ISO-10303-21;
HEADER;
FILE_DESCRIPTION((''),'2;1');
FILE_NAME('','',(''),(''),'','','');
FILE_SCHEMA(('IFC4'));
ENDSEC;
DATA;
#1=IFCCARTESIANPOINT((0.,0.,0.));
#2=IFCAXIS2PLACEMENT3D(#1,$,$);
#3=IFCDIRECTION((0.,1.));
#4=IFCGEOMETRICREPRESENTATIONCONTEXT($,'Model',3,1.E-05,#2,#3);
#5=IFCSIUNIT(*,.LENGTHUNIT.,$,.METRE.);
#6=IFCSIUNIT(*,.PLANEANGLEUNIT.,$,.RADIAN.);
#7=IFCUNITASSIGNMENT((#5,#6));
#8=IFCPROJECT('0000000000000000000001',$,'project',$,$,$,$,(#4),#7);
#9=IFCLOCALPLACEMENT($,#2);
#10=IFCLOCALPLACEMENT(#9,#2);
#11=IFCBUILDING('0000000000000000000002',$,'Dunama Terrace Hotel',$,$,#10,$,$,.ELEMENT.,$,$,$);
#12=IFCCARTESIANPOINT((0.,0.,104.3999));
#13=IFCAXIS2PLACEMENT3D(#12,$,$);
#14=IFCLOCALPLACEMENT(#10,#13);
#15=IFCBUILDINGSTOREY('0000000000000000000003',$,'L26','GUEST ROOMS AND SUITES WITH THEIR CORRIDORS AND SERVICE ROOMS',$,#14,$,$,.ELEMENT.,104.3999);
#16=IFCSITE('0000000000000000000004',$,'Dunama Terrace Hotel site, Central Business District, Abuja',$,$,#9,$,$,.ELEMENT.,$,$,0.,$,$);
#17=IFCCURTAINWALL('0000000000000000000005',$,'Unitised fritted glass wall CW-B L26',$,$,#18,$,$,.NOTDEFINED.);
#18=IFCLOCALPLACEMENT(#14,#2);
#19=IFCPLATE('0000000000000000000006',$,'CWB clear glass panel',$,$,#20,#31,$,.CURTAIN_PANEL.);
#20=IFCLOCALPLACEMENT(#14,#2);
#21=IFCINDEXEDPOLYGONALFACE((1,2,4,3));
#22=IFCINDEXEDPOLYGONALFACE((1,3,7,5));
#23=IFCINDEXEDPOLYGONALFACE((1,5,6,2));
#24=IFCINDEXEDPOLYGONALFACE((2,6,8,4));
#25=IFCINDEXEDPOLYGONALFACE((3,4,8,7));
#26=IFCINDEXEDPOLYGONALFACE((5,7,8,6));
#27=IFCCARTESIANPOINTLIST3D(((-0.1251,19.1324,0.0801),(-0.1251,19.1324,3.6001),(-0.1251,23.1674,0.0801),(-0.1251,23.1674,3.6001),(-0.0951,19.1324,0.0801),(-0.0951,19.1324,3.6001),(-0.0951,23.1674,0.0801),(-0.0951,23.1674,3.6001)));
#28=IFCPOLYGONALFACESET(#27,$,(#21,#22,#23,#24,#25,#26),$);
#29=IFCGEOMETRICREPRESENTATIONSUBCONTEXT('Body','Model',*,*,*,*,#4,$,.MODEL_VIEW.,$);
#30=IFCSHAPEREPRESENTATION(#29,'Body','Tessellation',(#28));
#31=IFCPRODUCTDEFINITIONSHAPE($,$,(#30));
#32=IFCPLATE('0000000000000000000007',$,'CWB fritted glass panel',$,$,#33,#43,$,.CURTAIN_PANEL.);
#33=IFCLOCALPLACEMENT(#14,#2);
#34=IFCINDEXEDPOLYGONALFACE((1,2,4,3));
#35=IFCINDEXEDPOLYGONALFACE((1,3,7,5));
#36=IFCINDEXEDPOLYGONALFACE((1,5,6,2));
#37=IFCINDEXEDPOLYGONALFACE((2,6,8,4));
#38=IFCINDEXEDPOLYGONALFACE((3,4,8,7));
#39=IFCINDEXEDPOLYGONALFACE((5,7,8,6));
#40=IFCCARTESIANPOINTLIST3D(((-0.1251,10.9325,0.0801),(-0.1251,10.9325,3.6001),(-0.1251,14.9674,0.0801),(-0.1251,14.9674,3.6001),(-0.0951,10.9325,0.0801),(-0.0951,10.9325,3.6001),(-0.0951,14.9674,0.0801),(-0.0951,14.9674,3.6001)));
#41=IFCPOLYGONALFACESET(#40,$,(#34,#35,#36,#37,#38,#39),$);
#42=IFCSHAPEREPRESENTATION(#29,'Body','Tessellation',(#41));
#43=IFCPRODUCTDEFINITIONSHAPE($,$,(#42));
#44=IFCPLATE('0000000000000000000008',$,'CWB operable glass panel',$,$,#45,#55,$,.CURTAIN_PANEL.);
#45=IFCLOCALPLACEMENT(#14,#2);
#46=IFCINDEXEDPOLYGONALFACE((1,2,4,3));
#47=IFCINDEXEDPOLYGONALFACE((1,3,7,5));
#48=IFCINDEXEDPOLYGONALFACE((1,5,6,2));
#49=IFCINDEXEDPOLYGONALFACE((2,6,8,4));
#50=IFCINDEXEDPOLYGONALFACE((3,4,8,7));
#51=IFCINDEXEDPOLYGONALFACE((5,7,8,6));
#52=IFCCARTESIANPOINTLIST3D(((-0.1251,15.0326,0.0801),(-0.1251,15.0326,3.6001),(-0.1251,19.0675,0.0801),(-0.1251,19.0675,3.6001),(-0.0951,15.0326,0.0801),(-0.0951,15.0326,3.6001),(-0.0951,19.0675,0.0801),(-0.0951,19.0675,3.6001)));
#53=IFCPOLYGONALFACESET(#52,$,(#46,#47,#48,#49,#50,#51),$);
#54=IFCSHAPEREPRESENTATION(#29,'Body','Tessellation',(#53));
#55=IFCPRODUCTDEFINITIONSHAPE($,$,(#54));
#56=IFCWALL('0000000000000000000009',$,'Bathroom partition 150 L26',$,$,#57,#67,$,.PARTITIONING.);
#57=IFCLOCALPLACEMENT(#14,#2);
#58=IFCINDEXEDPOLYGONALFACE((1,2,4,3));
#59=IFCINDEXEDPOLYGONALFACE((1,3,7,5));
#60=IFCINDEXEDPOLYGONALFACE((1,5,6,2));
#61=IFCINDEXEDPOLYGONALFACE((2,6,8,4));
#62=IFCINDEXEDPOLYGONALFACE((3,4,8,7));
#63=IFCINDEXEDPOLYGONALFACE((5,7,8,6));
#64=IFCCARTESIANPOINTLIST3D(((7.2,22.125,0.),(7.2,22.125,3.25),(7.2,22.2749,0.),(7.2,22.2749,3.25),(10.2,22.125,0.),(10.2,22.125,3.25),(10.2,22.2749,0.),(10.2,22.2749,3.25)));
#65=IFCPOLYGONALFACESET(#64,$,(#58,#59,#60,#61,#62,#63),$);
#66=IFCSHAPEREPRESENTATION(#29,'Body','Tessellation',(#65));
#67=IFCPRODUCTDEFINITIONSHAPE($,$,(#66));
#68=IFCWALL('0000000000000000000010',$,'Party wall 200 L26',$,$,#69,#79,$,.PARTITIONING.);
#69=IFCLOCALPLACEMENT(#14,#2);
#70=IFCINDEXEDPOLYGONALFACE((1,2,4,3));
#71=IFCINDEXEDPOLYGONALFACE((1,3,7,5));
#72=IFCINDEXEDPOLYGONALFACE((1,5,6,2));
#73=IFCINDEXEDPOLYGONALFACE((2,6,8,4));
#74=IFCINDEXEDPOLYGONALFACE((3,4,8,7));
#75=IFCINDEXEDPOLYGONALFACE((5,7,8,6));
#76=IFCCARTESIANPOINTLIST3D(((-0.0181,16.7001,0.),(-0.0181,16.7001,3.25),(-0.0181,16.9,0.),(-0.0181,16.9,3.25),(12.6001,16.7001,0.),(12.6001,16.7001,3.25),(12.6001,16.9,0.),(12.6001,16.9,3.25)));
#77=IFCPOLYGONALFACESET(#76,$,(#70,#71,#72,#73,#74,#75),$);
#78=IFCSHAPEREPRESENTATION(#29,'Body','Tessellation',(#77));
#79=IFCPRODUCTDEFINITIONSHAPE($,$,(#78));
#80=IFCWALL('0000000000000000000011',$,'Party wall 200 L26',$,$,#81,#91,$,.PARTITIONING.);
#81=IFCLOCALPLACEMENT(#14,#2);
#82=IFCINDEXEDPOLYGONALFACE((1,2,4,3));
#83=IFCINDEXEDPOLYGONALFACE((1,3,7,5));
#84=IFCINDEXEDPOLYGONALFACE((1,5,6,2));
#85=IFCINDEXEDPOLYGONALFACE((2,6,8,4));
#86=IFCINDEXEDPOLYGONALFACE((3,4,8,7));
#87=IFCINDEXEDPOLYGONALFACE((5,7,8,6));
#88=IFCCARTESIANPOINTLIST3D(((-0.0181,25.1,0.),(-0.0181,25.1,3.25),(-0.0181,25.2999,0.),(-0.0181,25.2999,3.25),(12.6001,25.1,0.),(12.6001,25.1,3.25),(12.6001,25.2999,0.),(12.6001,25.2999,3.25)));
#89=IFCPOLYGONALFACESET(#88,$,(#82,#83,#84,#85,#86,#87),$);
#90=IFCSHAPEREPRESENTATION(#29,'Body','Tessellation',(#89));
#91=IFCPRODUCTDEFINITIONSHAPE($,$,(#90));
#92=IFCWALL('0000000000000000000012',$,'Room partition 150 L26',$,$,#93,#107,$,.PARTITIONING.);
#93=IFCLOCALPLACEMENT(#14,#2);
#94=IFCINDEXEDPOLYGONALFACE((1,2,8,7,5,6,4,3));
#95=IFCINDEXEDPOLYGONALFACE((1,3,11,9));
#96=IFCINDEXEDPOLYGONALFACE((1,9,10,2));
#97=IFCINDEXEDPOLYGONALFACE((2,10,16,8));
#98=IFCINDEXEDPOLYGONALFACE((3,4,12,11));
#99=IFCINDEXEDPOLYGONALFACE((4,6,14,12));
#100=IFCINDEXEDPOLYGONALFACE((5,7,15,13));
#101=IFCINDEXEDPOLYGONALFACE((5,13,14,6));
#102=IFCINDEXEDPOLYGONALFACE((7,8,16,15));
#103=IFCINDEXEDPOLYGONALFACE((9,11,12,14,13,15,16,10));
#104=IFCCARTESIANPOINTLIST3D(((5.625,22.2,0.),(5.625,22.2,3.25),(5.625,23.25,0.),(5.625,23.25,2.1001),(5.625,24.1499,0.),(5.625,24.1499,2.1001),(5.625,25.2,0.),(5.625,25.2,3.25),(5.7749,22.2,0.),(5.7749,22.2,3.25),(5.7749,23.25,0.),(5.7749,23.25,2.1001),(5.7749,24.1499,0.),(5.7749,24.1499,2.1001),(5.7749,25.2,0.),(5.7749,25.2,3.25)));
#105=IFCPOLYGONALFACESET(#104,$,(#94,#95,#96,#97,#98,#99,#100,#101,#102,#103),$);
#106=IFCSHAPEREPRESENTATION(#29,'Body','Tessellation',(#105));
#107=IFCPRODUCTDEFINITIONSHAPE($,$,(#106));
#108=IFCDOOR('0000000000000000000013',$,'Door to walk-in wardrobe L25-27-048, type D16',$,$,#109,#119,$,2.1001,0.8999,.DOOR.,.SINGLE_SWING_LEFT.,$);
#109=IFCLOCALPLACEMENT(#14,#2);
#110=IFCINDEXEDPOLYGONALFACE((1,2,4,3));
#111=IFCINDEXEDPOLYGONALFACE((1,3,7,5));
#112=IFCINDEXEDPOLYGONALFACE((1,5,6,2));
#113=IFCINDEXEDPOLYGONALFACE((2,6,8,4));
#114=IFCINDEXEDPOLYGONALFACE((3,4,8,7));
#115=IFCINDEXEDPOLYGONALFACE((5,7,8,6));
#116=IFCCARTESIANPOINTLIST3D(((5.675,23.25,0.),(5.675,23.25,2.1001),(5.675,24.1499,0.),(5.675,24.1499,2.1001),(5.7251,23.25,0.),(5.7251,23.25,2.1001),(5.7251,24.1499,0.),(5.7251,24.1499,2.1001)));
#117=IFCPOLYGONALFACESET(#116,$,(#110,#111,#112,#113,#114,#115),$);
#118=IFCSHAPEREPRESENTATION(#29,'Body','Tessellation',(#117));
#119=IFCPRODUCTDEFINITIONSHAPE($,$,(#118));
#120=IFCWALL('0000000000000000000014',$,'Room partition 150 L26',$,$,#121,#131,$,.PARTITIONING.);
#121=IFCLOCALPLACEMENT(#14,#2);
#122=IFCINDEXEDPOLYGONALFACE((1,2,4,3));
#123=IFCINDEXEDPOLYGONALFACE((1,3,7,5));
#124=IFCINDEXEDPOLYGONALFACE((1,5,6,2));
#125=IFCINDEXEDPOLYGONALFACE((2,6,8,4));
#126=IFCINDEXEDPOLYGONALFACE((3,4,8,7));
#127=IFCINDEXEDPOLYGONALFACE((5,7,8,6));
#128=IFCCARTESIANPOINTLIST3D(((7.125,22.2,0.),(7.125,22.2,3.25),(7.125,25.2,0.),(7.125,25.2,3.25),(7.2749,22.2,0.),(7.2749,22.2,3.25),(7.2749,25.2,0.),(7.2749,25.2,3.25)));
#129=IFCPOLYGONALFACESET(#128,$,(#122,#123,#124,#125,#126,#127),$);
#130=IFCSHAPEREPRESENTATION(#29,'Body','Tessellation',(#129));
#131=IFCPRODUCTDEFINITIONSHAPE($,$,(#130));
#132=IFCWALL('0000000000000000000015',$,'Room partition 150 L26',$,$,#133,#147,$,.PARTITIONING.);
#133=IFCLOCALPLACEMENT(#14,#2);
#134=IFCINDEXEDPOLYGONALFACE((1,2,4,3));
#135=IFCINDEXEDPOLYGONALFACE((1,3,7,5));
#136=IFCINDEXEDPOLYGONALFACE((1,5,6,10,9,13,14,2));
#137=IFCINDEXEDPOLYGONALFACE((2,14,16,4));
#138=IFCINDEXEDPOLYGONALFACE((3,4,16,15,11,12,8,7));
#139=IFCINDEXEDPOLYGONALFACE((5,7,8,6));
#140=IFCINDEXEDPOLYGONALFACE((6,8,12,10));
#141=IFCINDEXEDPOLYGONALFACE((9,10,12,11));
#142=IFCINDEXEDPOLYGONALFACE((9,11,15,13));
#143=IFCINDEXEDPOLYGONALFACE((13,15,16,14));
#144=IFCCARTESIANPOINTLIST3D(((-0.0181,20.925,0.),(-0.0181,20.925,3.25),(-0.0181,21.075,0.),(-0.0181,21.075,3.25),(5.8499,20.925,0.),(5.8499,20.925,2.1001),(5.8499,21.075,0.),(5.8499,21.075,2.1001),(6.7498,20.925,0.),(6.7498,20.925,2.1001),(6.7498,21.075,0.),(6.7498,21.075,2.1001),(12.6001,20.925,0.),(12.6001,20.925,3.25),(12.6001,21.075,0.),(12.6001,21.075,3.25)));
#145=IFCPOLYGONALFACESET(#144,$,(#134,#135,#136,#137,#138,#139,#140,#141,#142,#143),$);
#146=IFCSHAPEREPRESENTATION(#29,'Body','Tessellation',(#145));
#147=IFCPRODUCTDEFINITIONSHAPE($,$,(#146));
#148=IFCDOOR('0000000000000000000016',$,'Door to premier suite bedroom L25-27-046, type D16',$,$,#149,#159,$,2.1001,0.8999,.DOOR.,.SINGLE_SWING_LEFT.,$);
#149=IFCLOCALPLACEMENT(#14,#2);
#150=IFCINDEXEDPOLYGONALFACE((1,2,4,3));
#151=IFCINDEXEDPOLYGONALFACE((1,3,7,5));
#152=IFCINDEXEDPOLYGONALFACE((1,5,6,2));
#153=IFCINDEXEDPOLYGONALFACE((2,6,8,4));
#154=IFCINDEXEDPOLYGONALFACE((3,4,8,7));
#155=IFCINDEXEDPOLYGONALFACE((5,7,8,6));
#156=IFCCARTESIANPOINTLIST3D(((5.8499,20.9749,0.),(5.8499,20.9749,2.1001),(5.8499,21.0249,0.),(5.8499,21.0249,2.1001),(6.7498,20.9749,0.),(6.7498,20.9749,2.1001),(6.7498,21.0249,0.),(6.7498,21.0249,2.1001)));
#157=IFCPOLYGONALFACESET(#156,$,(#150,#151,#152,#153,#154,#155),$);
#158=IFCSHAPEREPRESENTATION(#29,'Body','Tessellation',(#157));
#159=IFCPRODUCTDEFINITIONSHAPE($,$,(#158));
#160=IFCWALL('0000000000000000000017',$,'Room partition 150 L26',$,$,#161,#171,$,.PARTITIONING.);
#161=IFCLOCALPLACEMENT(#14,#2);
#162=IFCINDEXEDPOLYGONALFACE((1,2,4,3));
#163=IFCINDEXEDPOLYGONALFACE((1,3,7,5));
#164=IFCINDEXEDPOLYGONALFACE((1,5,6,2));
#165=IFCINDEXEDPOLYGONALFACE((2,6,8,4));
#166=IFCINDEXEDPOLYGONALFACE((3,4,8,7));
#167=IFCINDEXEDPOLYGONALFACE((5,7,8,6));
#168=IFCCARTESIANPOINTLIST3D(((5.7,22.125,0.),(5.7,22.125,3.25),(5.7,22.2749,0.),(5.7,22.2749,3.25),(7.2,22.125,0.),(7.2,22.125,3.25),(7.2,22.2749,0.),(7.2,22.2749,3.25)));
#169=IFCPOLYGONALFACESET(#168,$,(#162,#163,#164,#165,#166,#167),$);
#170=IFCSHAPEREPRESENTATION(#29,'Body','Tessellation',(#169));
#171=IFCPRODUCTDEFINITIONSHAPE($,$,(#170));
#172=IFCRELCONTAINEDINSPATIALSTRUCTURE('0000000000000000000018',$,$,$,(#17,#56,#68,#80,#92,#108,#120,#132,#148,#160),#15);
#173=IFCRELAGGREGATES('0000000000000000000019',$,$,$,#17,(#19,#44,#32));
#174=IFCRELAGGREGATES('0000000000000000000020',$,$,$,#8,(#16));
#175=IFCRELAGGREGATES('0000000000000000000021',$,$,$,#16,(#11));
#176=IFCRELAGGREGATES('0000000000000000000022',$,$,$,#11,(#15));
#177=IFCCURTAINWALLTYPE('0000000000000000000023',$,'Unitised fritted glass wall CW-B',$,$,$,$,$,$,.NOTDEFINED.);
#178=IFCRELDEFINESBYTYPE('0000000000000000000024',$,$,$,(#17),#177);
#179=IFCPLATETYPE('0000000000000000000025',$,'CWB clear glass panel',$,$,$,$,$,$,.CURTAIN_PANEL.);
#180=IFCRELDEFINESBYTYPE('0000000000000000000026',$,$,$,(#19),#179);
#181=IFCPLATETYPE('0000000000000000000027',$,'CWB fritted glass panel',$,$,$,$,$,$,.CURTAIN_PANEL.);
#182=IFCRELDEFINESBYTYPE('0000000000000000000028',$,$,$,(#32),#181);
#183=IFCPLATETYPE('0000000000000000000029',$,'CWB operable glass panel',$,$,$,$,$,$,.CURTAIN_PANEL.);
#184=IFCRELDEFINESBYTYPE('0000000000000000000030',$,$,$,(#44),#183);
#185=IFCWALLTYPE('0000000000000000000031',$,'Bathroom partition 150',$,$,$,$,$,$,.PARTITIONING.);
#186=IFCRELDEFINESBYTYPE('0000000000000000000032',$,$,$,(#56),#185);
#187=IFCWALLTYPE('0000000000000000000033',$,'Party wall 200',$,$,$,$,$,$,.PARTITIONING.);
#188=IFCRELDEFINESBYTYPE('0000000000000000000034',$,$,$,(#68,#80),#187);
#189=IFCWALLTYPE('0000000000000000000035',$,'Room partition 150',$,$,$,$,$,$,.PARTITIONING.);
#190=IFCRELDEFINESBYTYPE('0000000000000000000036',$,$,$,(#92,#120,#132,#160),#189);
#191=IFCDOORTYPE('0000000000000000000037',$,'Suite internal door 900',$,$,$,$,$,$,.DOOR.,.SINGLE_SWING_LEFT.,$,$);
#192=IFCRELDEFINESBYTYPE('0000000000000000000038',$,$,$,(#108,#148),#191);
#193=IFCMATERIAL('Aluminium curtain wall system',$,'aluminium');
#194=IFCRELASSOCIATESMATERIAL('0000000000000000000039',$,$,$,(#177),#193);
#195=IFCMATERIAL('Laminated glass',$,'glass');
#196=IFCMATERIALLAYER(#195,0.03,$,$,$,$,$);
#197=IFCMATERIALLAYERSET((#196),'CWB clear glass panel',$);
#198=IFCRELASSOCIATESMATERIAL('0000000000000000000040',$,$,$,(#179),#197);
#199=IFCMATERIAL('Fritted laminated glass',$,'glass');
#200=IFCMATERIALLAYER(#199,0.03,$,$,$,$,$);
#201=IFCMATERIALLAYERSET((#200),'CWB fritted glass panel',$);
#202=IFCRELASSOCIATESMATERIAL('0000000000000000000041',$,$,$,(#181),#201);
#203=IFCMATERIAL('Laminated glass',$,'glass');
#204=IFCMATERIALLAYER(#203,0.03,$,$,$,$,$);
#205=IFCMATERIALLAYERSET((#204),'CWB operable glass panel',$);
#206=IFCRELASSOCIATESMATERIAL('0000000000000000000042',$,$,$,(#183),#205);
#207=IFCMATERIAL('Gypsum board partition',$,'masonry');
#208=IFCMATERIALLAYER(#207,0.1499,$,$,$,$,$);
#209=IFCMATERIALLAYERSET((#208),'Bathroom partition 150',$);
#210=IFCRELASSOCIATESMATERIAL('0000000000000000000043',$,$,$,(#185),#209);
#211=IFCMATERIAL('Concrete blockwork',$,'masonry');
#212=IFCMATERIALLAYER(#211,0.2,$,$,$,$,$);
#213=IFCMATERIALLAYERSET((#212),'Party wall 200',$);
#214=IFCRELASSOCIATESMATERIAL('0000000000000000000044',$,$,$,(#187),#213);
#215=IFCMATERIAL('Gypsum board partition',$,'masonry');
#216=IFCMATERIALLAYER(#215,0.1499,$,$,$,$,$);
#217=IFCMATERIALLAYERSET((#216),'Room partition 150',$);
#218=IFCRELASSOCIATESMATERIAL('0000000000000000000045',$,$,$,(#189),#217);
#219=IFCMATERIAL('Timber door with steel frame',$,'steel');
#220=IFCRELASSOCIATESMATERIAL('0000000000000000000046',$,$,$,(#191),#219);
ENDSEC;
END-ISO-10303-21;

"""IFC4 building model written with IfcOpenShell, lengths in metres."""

from ifc_helpers import new_model, si_unit, direction, frame, frame_2d, origin, origin_2d, place, context, subcontext, project, spatial, rectangle, extrude, material, layer, layer_set, type_object, element, fill, aggregate, save


model = new_model("IFC4")

# Units and contexts
model_context = context("Model", 3, precision=1e-05, world=origin(), true_north=direction((0.0, 1.0)))
body_context = subcontext(model_context, "Body", "Model", "MODEL_VIEW")
ifc_project = project(units=[si_unit("LENGTHUNIT", "METRE"), si_unit("PLANEANGLEUNIT", "RADIAN")], contexts=[model_context])

# Site, building, storey
site_placement = place(None, origin())
site = spatial("IfcSite", under=ifc_project, at=site_placement, Name="Dunama Terrace Hotel site, Central Business District, Abuja", CompositionType="ELEMENT", RefElevation=0.0)
building_placement = place(site_placement, origin())
building = spatial("IfcBuilding", under=site, at=building_placement, Name="Dunama Terrace Hotel", CompositionType="ELEMENT")
storey_placement = place(building_placement, frame((0.0, 0.0, 104.3999)))
storey = spatial("IfcBuildingStorey", under=building, at=storey_placement, Name="L26", Description="GUEST ROOMS AND SUITES WITH THEIR CORRIDORS AND SERVICE ROOMS", CompositionType="ELEMENT", Elevation=104.3999)

# Curtain wall
ifc_material_1 = material(Name="Aluminium curtain wall system", Category="aluminium")
curtain_wall_type = type_object("IfcCurtainWallType", Name="Unitised fritted glass wall CW-B", PredefinedType="NOTDEFINED", material=ifc_material_1)
curtain_wall_placement = place(storey_placement, origin())
curtain_wall = element("IfcCurtainWall", 1, at=curtain_wall_placement, inside=storey, type_object=curtain_wall_type, Name="Unitised fritted glass wall CW-B L26", PredefinedType="NOTDEFINED")

# Plates
ifc_material_2 = material(Name="Laminated glass", Category="glass")
ifc_layer_1 = layer(ifc_material_2, 0.03)
ifc_layer_set_1 = layer_set([ifc_layer_1], Name="CWB clear glass panel")
plate_type_1 = type_object("IfcPlateType", Name="CWB clear glass panel", PredefinedType="CURTAIN_PANEL", material=ifc_layer_set_1)
plate_1_placement = place(storey_placement, frame((-0.1101, 21.1499, 0.0801), z_axis=(0.0, 0.0, 1.0), x_axis=(0.0, -1.0, 0.0)))
plate_1 = element("IfcPlate", 2, at=plate_1_placement, type_object=plate_type_1, Name="CWB clear glass panel", PredefinedType="CURTAIN_PANEL", context=body_context, shape_type="SweptSolid", body=[
    extrude(rectangle(XDim=4.0349, YDim=0.03, at=origin_2d()), origin(), (0.0, 0.0, 1.0), 3.52),
])
ifc_material_3 = material(Name="Fritted laminated glass", Category="glass")
ifc_layer_2 = layer(ifc_material_3, 0.03)
ifc_layer_set_2 = layer_set([ifc_layer_2], Name="CWB fritted glass panel")
plate_type_2 = type_object("IfcPlateType", Name="CWB fritted glass panel", PredefinedType="CURTAIN_PANEL", material=ifc_layer_set_2)
plate_2_placement = place(storey_placement, frame((-0.1101, 12.95, 0.0801), z_axis=(0.0, 0.0, 1.0), x_axis=(0.0, -1.0, 0.0)))
plate_2 = element("IfcPlate", 3, at=plate_2_placement, type_object=plate_type_2, Name="CWB fritted glass panel", PredefinedType="CURTAIN_PANEL", context=body_context, shape_type="SweptSolid", body=[
    extrude(rectangle(XDim=4.0349, YDim=0.03, at=origin_2d()), origin(), (0.0, 0.0, 1.0), 3.52),
])
ifc_material_4 = material(Name="Laminated glass", Category="glass")
ifc_layer_3 = layer(ifc_material_4, 0.03)
ifc_layer_set_3 = layer_set([ifc_layer_3], Name="CWB operable glass panel")
plate_type_3 = type_object("IfcPlateType", Name="CWB operable glass panel", PredefinedType="CURTAIN_PANEL", material=ifc_layer_set_3)
plate_3_placement = place(storey_placement, frame((-0.1101, 17.05, 0.0801), z_axis=(0.0, 0.0, 1.0), x_axis=(0.0, -1.0, 0.0)))
plate_3 = element("IfcPlate", 4, at=plate_3_placement, type_object=plate_type_3, Name="CWB operable glass panel", PredefinedType="CURTAIN_PANEL", context=body_context, shape_type="SweptSolid", body=[
    extrude(rectangle(XDim=4.0349, YDim=0.03, at=origin_2d()), origin(), (0.0, 0.0, 1.0), 3.52),
])
aggregate(curtain_wall, [plate_1, plate_3, plate_2])

# Walls
ifc_material_5 = material(Name="Gypsum board partition", Category="masonry")
ifc_layer_4 = layer(ifc_material_5, 0.1499)
ifc_layer_set_4 = layer_set([ifc_layer_4], Name="Bathroom partition 150")
wall_type_1 = type_object("IfcWallType", Name="Bathroom partition 150", PredefinedType="PARTITIONING", material=ifc_layer_set_4)
wall_1_placement = place(storey_placement, frame((7.2, 22.2, 0.0), z_axis=(0.0, 0.0, 1.0), x_axis=(1.0, 0.0, 0.0)))
element("IfcWall", 5, at=wall_1_placement, inside=storey, type_object=wall_type_1, Name="Bathroom partition 150 L26", PredefinedType="PARTITIONING", context=body_context, shape_type="SweptSolid", body=[
    extrude(rectangle(XDim=3.0, YDim=0.1499, at=frame_2d((1.5, 0.0))), origin(), (0.0, 0.0, 1.0), 3.25),
])
ifc_material_6 = material(Name="Concrete blockwork", Category="masonry")
ifc_layer_5 = layer(ifc_material_6, 0.2)
ifc_layer_set_5 = layer_set([ifc_layer_5], Name="Party wall 200")
wall_type_2 = type_object("IfcWallType", Name="Party wall 200", PredefinedType="PARTITIONING", material=ifc_layer_set_5)
for number, where, z_axis, x_axis, name in (
    (6, (-0.0181, 16.8, 0.0), (0.0, 0.0, 1.0), (1.0, 0.0, 0.0), "Party wall 200 L26"),
    (7, (-0.0181, 25.2, 0.0), (0.0, 0.0, 1.0), (1.0, 0.0, 0.0), "Party wall 200 L26"),
):
    element("IfcWall", number, at=place(storey_placement, frame(where, z_axis=z_axis, x_axis=x_axis)), inside=storey, type_object=wall_type_2, Name=name, PredefinedType="PARTITIONING", context=body_context, shape_type="SweptSolid", body=[
        extrude(rectangle(XDim=12.6182, YDim=0.2, at=frame_2d((6.3091, 0.0))), origin(), (0.0, 0.0, 1.0), 3.25),
    ])

# Wall, opening, door
ifc_material_7 = material(Name="Gypsum board partition", Category="masonry")
ifc_layer_6 = layer(ifc_material_7, 0.1499)
ifc_layer_set_6 = layer_set([ifc_layer_6], Name="Room partition 150")
wall_type_3 = type_object("IfcWallType", Name="Room partition 150", PredefinedType="PARTITIONING", material=ifc_layer_set_6)
wall_2_placement = place(storey_placement, frame((5.7, 22.2, 0.0), z_axis=(0.0, 0.0, 1.0), x_axis=(0.0, 1.0, 0.0)))
wall_2 = element("IfcWall", 8, at=wall_2_placement, inside=storey, type_object=wall_type_3, Name="Room partition 150 L26", PredefinedType="PARTITIONING", context=body_context, shape_type="SweptSolid", body=[
    extrude(rectangle(XDim=3.0, YDim=0.1499, at=frame_2d((1.5, 0.0))), origin(), (0.0, 0.0, 1.0), 3.25),
])
opening_1_placement = place(wall_2_placement, frame((1.05, 0.0, 0.0)))
opening_1 = element("IfcOpeningElement", 9, at=opening_1_placement, cuts=wall_2, PredefinedType="OPENING", context=body_context, shape_type="SweptSolid", body=[
    extrude(rectangle(XDim=0.8999, YDim=2.1001, at=frame_2d((0.45, 1.05))), frame((0.0, 0.085, 0.0), z_axis=(0.0, -1.0, 0.0), x_axis=(1.0, 0.0, 0.0)), (0.0, 0.0, 1.0), 0.1699),
])
ifc_material_8 = material(Name="Timber door with steel frame", Category="steel")
door_type = type_object("IfcDoorType", Name="Suite internal door 900", OperationType="SINGLE_SWING_LEFT", PredefinedType="DOOR", material=ifc_material_8)
door_1_placement = place(opening_1_placement, frame((0.8999, 0.0, 0.0), z_axis=(0.0, 0.0, 1.0), x_axis=(-1.0, 0.0, 0.0)))
door_1 = element("IfcDoor", 10, at=door_1_placement, inside=storey, type_object=door_type, Name="Door to walk-in wardrobe L25-27-048, type D16", OperationType="SINGLE_SWING_LEFT", OverallHeight=2.1001, OverallWidth=0.8999, PredefinedType="DOOR", context=body_context, shape_type="SweptSolid", body=[
    extrude(rectangle(XDim=0.8999, YDim=2.1001, at=frame_2d((0.45, 1.05))), frame((0.0, 0.0251, 0.0), z_axis=(0.0, -1.0, 0.0), x_axis=(1.0, 0.0, 0.0)), (0.0, 0.0, 1.0), 0.05),
])
fill(opening_1, door_1)

# Wall
wall_3_placement = place(storey_placement, frame((7.2, 22.2, 0.0), z_axis=(0.0, 0.0, 1.0), x_axis=(0.0, 1.0, 0.0)))
element("IfcWall", 11, at=wall_3_placement, inside=storey, type_object=wall_type_3, Name="Room partition 150 L26", PredefinedType="PARTITIONING", context=body_context, shape_type="SweptSolid", body=[
    extrude(rectangle(XDim=3.0, YDim=0.1499, at=frame_2d((1.5, 0.0))), origin(), (0.0, 0.0, 1.0), 3.25),
])

# Wall, opening, door
wall_4_placement = place(storey_placement, frame((-0.0181, 21.0, 0.0), z_axis=(0.0, 0.0, 1.0), x_axis=(1.0, 0.0, 0.0)))
wall_4 = element("IfcWall", 12, at=wall_4_placement, inside=storey, type_object=wall_type_3, Name="Room partition 150 L26", PredefinedType="PARTITIONING", context=body_context, shape_type="SweptSolid", body=[
    extrude(rectangle(XDim=12.6182, YDim=0.1499, at=frame_2d((6.3091, 0.0))), origin(), (0.0, 0.0, 1.0), 3.25),
])
opening_2_placement = place(wall_4_placement, frame((5.8679, 0.0, 0.0)))
opening_2 = element("IfcOpeningElement", 13, at=opening_2_placement, cuts=wall_4, PredefinedType="OPENING", context=body_context, shape_type="SweptSolid", body=[
    extrude(rectangle(XDim=0.8999, YDim=2.1001, at=frame_2d((0.45, 1.05))), frame((0.0, 0.085, 0.0), z_axis=(0.0, -1.0, 0.0), x_axis=(1.0, 0.0, 0.0)), (0.0, 0.0, 1.0), 0.1699),
])
door_2_placement = place(opening_2_placement, origin())
door_2 = element("IfcDoor", 14, at=door_2_placement, inside=storey, type_object=door_type, Name="Door to premier suite bedroom L25-27-046, type D16", OperationType="SINGLE_SWING_LEFT", OverallHeight=2.1001, OverallWidth=0.8999, PredefinedType="DOOR", context=body_context, shape_type="SweptSolid", body=[
    extrude(rectangle(XDim=0.8999, YDim=2.1001, at=frame_2d((0.45, 1.05))), frame((0.0, 0.0249, 0.0), z_axis=(0.0, -1.0, 0.0), x_axis=(1.0, 0.0, 0.0)), (0.0, 0.0, 1.0), 0.05),
])
fill(opening_2, door_2)

# Wall
wall_5_placement = place(storey_placement, frame((5.7, 22.2, 0.0), z_axis=(0.0, 0.0, 1.0), x_axis=(1.0, 0.0, 0.0)))
element("IfcWall", 15, at=wall_5_placement, inside=storey, type_object=wall_type_3, Name="Room partition 150 L26", PredefinedType="PARTITIONING", context=body_context, shape_type="SweptSolid", body=[
    extrude(rectangle(XDim=1.5, YDim=0.1499, at=frame_2d((0.75, 0.0))), origin(), (0.0, 0.0, 1.0), 3.25),
])

save(model, "model.ifc")
